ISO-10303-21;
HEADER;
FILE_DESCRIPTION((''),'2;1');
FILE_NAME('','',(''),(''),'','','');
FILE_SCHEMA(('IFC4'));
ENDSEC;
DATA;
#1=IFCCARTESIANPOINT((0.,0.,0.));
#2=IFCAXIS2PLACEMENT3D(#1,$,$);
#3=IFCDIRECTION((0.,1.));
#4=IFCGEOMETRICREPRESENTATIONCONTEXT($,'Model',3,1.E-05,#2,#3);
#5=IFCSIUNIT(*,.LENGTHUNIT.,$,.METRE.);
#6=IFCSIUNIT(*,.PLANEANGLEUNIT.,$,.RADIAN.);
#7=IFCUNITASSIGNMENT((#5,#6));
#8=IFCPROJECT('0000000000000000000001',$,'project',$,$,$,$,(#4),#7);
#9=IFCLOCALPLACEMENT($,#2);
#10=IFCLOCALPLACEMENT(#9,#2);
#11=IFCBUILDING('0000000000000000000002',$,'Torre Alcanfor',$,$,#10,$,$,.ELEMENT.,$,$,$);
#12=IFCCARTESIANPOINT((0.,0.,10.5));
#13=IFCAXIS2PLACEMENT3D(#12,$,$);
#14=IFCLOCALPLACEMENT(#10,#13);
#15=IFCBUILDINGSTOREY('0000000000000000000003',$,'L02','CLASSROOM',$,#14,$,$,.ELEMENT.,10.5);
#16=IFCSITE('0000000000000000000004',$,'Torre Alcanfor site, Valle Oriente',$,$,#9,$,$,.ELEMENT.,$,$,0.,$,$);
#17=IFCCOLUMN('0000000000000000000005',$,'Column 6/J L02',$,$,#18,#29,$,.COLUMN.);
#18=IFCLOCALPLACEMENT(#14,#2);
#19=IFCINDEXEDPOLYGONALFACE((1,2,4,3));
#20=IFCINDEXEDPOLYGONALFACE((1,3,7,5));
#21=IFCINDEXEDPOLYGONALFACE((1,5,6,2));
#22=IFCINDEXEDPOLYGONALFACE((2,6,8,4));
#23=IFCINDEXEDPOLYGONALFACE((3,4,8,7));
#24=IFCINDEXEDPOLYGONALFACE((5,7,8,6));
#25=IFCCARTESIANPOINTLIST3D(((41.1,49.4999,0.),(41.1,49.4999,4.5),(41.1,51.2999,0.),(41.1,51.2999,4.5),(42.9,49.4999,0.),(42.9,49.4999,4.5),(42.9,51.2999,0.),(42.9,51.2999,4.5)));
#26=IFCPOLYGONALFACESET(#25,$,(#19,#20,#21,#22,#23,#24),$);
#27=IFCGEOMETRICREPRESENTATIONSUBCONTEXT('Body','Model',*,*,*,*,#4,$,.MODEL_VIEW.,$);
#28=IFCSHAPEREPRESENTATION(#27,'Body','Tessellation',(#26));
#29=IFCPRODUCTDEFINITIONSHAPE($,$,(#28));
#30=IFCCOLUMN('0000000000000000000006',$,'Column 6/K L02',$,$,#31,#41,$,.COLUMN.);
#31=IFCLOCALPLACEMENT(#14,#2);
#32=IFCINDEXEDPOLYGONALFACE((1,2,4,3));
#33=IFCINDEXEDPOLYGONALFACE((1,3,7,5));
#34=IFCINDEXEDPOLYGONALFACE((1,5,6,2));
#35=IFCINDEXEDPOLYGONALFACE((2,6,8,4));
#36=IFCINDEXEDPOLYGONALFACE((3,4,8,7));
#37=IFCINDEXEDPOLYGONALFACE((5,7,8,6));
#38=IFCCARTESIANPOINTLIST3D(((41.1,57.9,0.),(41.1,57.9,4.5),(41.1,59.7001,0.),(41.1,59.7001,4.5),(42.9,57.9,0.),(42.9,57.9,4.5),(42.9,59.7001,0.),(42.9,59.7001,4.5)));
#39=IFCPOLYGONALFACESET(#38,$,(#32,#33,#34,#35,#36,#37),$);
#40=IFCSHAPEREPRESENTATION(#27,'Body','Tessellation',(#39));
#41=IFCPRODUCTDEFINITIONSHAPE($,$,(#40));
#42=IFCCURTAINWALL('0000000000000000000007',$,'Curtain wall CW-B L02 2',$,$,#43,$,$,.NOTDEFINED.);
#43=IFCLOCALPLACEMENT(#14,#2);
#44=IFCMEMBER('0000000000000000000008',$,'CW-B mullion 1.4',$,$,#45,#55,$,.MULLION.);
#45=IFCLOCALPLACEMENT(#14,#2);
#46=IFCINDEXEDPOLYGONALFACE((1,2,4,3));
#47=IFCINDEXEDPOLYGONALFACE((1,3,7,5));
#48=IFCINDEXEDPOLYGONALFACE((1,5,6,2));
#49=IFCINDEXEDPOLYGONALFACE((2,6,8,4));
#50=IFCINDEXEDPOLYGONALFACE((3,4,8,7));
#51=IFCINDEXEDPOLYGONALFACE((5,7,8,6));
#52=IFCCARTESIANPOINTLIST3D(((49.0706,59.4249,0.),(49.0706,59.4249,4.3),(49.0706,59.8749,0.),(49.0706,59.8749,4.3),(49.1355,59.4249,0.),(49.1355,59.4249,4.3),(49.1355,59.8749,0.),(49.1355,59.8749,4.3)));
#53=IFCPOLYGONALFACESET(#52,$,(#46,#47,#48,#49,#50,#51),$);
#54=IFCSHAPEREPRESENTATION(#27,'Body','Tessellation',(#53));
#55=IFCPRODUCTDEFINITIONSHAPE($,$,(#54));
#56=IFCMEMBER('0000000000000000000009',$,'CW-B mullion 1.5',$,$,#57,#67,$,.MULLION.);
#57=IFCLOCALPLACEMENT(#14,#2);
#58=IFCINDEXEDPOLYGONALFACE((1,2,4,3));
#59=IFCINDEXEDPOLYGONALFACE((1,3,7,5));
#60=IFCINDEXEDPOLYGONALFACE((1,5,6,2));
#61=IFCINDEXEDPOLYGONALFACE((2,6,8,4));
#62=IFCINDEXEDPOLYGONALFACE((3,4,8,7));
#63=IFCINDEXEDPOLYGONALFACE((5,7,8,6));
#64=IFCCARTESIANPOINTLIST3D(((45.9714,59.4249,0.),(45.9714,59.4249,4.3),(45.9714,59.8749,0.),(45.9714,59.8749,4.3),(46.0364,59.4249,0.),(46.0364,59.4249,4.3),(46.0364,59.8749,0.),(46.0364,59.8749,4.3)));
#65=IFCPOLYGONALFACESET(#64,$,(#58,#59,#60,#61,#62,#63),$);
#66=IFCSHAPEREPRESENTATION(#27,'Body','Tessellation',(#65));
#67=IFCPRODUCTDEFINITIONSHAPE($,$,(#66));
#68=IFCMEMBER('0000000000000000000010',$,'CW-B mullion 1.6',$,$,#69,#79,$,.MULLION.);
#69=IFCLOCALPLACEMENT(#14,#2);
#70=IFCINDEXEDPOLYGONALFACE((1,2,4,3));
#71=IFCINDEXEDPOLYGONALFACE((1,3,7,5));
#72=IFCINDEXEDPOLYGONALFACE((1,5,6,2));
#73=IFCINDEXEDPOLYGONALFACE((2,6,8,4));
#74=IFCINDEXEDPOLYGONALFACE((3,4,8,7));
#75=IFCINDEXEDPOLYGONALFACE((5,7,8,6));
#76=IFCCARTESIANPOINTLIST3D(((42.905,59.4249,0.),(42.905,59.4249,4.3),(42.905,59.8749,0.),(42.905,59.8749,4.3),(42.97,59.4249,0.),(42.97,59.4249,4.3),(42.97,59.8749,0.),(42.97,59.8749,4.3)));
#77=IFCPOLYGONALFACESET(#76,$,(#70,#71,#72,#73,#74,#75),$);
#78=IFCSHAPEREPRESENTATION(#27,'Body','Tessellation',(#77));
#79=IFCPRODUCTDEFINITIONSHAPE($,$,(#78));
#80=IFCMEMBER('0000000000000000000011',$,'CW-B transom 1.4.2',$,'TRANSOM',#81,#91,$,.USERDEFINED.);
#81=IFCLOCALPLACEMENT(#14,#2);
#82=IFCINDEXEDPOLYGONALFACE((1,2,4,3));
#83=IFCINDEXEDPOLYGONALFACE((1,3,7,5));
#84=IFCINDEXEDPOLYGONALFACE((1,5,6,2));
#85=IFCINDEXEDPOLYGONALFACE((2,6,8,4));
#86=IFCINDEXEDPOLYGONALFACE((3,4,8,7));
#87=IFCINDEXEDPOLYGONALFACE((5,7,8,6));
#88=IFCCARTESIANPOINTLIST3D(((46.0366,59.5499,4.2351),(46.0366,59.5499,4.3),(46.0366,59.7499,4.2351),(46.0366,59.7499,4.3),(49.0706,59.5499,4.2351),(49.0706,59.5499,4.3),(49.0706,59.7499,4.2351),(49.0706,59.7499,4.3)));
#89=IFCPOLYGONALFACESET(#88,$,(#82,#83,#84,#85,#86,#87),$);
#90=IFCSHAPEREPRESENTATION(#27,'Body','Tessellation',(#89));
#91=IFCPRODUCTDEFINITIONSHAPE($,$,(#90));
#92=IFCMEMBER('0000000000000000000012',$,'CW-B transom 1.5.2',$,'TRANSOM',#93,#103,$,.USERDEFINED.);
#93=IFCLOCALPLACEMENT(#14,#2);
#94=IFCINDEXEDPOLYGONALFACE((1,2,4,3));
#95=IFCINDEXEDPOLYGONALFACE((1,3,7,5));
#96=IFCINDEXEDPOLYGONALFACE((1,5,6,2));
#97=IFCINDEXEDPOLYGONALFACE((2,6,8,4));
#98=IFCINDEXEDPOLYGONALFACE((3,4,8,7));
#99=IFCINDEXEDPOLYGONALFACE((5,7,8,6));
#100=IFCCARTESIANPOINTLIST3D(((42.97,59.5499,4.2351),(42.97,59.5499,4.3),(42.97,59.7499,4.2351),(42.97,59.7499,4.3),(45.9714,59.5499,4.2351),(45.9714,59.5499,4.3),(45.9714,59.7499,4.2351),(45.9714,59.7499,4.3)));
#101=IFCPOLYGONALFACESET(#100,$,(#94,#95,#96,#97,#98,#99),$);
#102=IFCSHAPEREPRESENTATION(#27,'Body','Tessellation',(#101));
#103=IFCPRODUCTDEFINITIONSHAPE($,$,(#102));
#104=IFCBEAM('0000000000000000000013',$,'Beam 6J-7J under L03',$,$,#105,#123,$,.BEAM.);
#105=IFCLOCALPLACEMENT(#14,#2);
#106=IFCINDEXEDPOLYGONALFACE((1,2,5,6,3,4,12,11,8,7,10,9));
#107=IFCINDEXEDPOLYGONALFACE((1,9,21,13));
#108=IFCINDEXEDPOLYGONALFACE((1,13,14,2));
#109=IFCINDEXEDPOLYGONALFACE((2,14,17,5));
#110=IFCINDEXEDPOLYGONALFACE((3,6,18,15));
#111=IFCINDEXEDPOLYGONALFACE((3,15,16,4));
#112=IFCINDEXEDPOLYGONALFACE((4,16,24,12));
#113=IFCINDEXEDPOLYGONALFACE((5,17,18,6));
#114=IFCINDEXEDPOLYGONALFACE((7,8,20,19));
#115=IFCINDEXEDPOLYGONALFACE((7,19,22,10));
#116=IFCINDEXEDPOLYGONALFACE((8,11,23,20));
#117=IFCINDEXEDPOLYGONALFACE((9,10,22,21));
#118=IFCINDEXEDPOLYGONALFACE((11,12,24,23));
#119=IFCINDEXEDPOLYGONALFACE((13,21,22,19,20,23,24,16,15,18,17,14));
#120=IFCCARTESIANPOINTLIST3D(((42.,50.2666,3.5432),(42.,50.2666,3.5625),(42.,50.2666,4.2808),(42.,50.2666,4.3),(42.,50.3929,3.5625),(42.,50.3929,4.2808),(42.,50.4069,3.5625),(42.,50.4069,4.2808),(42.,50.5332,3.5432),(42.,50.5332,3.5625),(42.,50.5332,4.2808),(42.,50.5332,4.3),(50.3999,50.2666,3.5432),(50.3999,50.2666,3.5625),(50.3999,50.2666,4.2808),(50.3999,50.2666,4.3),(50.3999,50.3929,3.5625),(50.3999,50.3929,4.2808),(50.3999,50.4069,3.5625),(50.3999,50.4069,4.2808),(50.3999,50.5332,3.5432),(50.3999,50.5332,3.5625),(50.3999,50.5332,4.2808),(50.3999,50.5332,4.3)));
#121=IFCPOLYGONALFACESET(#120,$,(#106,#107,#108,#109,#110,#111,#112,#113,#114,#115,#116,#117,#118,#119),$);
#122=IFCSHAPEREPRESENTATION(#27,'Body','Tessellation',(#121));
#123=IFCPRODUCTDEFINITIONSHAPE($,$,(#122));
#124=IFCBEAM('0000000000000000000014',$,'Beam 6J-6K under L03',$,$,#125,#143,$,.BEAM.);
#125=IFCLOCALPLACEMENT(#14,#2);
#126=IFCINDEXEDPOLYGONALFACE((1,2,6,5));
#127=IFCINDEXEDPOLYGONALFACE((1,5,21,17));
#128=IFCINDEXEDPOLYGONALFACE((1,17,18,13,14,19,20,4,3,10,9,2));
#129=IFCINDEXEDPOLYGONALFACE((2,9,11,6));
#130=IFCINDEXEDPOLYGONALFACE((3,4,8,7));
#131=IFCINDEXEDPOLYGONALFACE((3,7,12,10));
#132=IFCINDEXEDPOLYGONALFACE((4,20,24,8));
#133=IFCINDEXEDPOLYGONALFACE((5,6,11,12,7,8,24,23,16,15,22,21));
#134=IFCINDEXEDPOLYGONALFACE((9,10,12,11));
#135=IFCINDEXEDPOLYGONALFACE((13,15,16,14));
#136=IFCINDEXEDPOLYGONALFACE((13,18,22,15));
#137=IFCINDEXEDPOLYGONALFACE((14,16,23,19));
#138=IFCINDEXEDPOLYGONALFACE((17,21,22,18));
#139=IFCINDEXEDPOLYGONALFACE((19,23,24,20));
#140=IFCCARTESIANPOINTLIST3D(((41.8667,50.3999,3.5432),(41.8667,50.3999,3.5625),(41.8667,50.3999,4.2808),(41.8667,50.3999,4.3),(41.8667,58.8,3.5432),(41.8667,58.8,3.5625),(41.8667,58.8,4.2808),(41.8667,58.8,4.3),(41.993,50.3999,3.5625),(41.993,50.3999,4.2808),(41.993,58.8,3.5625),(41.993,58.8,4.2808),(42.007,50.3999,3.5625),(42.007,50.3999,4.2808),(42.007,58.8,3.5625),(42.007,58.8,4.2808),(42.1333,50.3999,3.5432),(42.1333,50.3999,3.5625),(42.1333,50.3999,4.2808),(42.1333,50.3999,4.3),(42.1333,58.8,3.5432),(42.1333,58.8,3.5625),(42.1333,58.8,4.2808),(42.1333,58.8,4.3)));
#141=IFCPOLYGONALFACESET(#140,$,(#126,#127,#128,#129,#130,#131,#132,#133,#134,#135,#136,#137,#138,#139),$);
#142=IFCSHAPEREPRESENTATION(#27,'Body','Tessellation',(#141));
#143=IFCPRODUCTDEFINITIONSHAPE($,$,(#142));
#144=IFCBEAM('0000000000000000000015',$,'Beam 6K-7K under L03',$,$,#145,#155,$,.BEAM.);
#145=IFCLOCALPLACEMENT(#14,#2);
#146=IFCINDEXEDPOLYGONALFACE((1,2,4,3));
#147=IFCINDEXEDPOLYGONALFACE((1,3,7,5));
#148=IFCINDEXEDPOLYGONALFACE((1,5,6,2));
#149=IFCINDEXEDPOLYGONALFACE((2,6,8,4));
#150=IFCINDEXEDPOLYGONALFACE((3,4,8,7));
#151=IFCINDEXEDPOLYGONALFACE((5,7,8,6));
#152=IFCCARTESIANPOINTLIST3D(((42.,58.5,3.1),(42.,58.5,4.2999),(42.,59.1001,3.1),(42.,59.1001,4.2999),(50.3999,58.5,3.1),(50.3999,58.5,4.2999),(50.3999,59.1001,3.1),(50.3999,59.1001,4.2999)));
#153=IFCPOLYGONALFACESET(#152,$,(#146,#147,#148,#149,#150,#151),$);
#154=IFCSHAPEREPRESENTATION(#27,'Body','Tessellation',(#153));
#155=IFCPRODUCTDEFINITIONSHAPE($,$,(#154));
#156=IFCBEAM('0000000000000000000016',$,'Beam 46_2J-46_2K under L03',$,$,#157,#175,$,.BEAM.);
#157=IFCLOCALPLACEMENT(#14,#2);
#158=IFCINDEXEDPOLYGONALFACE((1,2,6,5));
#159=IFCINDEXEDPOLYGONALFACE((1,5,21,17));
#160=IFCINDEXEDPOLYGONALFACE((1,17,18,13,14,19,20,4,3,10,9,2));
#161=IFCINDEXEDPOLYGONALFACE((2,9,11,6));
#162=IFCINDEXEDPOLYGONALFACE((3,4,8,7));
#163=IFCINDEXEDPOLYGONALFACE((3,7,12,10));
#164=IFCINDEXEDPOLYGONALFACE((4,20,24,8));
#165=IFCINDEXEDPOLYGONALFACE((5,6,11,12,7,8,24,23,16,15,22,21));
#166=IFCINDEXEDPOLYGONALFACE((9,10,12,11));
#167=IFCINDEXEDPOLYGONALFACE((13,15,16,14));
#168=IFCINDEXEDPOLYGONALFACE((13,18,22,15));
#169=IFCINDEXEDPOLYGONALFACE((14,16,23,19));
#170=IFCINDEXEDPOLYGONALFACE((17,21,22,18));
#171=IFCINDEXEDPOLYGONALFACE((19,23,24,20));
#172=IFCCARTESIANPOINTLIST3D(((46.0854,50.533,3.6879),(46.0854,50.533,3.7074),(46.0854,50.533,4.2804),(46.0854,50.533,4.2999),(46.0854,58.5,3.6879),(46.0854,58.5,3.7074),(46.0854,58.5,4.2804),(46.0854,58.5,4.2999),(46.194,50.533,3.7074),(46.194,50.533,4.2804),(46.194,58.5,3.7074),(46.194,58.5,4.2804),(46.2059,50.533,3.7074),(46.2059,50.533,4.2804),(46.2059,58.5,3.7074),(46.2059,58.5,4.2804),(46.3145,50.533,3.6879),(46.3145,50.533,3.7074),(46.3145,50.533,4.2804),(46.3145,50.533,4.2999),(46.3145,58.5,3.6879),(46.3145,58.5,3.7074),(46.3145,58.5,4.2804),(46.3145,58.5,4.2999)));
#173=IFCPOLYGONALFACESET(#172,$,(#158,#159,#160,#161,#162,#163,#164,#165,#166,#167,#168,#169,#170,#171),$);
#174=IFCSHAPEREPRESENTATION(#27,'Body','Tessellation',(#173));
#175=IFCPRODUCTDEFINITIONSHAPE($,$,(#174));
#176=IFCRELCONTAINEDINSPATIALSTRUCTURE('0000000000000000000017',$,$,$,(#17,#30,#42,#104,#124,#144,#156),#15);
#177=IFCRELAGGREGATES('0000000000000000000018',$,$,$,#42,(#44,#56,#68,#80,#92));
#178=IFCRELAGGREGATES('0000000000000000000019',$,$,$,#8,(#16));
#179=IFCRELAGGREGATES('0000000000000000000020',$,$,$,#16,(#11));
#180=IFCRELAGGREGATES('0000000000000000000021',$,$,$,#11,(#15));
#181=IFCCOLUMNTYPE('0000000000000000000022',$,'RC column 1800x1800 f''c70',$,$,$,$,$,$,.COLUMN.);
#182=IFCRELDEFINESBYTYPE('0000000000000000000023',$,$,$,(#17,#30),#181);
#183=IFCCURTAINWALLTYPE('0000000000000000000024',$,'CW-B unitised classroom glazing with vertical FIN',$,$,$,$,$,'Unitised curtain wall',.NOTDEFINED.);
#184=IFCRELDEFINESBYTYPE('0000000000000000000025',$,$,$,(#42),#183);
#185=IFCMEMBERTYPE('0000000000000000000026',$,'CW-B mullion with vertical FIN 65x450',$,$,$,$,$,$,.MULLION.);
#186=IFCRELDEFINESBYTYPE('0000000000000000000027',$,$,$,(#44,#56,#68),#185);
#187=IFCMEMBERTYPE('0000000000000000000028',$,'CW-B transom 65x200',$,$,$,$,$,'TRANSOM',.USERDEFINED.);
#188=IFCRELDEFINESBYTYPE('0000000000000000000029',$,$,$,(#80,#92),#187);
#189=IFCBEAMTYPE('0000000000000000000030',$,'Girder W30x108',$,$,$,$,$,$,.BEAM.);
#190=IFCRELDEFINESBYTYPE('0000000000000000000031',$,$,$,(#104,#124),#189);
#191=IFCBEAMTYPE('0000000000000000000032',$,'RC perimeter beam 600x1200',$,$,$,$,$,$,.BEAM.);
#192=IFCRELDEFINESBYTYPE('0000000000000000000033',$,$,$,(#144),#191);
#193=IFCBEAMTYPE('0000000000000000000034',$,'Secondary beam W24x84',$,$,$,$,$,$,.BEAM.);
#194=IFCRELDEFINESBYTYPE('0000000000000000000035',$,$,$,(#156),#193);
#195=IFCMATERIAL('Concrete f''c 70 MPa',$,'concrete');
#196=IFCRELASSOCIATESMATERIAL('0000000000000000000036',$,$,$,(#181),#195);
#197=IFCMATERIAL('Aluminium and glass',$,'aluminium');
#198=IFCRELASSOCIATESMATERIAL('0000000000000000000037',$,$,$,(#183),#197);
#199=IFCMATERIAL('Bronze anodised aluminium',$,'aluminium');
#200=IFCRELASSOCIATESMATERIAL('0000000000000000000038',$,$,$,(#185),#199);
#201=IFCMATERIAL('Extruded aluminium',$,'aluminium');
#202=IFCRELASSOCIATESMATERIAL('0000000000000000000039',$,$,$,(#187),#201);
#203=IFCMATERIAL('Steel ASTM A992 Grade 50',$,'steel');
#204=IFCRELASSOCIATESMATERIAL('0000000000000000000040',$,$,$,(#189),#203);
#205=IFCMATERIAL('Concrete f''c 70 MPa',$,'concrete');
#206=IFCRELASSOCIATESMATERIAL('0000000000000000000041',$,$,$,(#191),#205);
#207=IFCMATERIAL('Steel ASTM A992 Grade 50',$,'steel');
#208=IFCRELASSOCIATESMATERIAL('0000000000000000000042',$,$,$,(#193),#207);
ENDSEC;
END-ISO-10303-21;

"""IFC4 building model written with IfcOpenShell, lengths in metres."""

from ifc_helpers import new_model, si_unit, direction, frame, origin, origin_2d, place, context, subcontext, project, spatial, rectangle, i_section, extrude, material, material_profile, profile_set, type_object, element, aggregate, save


model = new_model("IFC4")

# Units and contexts
model_context = context("Model", 3, precision=1e-05, world=origin(), true_north=direction((0.0, 1.0)))
body_context = subcontext(model_context, "Body", "Model", "MODEL_VIEW")
ifc_project = project(units=[si_unit("LENGTHUNIT", "METRE"), si_unit("PLANEANGLEUNIT", "RADIAN")], contexts=[model_context])

# Site, building, storey
site_placement = place(None, origin())
site = spatial("IfcSite", under=ifc_project, at=site_placement, Name="Torre Alcanfor site, Valle Oriente", CompositionType="ELEMENT", RefElevation=0.0)
building_placement = place(site_placement, origin())
building = spatial("IfcBuilding", under=site, at=building_placement, Name="Torre Alcanfor", CompositionType="ELEMENT")
storey_placement = place(building_placement, frame((0.0, 0.0, 10.5)))
storey = spatial("IfcBuildingStorey", under=building, at=storey_placement, Name="L02", Description="CLASSROOM", CompositionType="ELEMENT", Elevation=10.5)

# Columns
ifc_material_1 = material(Name="Concrete f'c 70 MPa", Category="concrete")
ifc_material_profile_1 = material_profile(ifc_material_1, rectangle(XDim=1.8, YDim=1.8, at=origin_2d()), Name="1800x1800")
ifc_profile_set_1 = profile_set([ifc_material_profile_1], Name="Concrete f'c 70 MPa")
column_type = type_object("IfcColumnType", Name="RC column 1800x1800 f'c70", PredefinedType="COLUMN", material=ifc_profile_set_1)
for number, where, z_axis, x_axis, name in (
    (1, (42.0, 50.3999, 0.0), (0.0, 0.0, 1.0), (1.0, 0.0, 0.0), "Column 6/J L02"),
    (2, (42.0, 58.8, 0.0), (0.0, 0.0, 1.0), (1.0, 0.0, 0.0), "Column 6/K L02"),
):
    element("IfcColumn", number, at=place(storey_placement, frame(where, z_axis=z_axis, x_axis=x_axis)), inside=storey, type_object=column_type, Name=name, PredefinedType="COLUMN", context=body_context, shape_type="SweptSolid", body=[
        extrude(rectangle(XDim=1.8, YDim=1.8, at=origin_2d()), origin(), (0.0, 0.0, 1.0), 4.5),
    ])

# Curtain wall, members
ifc_material_2 = material(Name="Aluminium and glass", Category="aluminium")
curtain_wall_type = type_object("IfcCurtainWallType", Name="CW-B unitised classroom glazing with vertical FIN", ElementType="Unitised curtain wall", PredefinedType="NOTDEFINED", material=ifc_material_2)
curtain_wall_placement = place(storey_placement, origin())
curtain_wall = element("IfcCurtainWall", 3, at=curtain_wall_placement, inside=storey, type_object=curtain_wall_type, Name="Curtain wall CW-B L02 2", PredefinedType="NOTDEFINED")
ifc_material_3 = material(Name="Bronze anodised aluminium", Category="aluminium")
ifc_material_profile_2 = material_profile(ifc_material_3, rectangle(XDim=0.45, YDim=0.0649, at=origin_2d()), Name="CW-B mullion 65x450")
ifc_profile_set_2 = profile_set([ifc_material_profile_2], Name="Bronze anodised aluminium")
member_type_1 = type_object("IfcMemberType", Name="CW-B mullion with vertical FIN 65x450", PredefinedType="MULLION", material=ifc_profile_set_2)
member_1_placement = place(storey_placement, frame((49.103, 59.6499, 0.0), z_axis=(0.0, 0.0, 1.0), x_axis=(0.0, -1.0, 0.0)))
member_1 = element("IfcMember", 4, at=member_1_placement, type_object=member_type_1, Name="CW-B mullion 1.4", PredefinedType="MULLION", context=body_context, shape_type="SweptSolid", body=[
    extrude(rectangle(XDim=0.45, YDim=0.0649, at=origin_2d()), origin(), (0.0, 0.0, 1.0), 4.3),
])
member_2_placement = place(storey_placement, frame((46.0039, 59.6499, 0.0), z_axis=(0.0, 0.0, 1.0), x_axis=(0.0, -1.0, 0.0)))
member_2 = element("IfcMember", 5, at=member_2_placement, type_object=member_type_1, Name="CW-B mullion 1.5", PredefinedType="MULLION", context=body_context, shape_type="SweptSolid", body=[
    extrude(rectangle(XDim=0.45, YDim=0.0649, at=origin_2d()), origin(), (0.0, 0.0, 1.0), 4.3),
])
member_3_placement = place(storey_placement, frame((42.9375, 59.6499, 0.0), z_axis=(0.0, 0.0, 1.0), x_axis=(0.0, -1.0, 0.0)))
member_3 = element("IfcMember", 6, at=member_3_placement, type_object=member_type_1, Name="CW-B mullion 1.6", PredefinedType="MULLION", context=body_context, shape_type="SweptSolid", body=[
    extrude(rectangle(XDim=0.45, YDim=0.0649, at=origin_2d()), origin(), (0.0, 0.0, 1.0), 4.3),
])
ifc_material_4 = material(Name="Extruded aluminium", Category="aluminium")
ifc_material_profile_3 = material_profile(ifc_material_4, rectangle(XDim=0.2, YDim=0.0649, at=origin_2d()), Name="CW-B transom 200x65")
ifc_profile_set_3 = profile_set([ifc_material_profile_3], Name="Extruded aluminium")
member_type_2 = type_object("IfcMemberType", Name="CW-B transom 65x200", ElementType="TRANSOM", PredefinedType="USERDEFINED", material=ifc_profile_set_3)
member_4_placement = place(storey_placement, frame((49.0706, 59.6499, 4.2676), z_axis=(-1.0, 0.0, 0.0), x_axis=(0.0, -1.0, 0.0)))
member_4 = element("IfcMember", 7, at=member_4_placement, type_object=member_type_2, Name="CW-B transom 1.4.2", ObjectType="TRANSOM", PredefinedType="USERDEFINED", context=body_context, shape_type="SweptSolid", body=[
    extrude(rectangle(XDim=0.2, YDim=0.0649, at=origin_2d()), origin(), (0.0, 0.0, 1.0), 3.0339),
])
member_5_placement = place(storey_placement, frame((45.9714, 59.6499, 4.2676), z_axis=(-1.0, 0.0, 0.0), x_axis=(0.0, -1.0, 0.0)))
member_5 = element("IfcMember", 8, at=member_5_placement, type_object=member_type_2, Name="CW-B transom 1.5.2", ObjectType="TRANSOM", PredefinedType="USERDEFINED", context=body_context, shape_type="SweptSolid", body=[
    extrude(rectangle(XDim=0.2, YDim=0.0649, at=origin_2d()), origin(), (0.0, 0.0, 1.0), 3.0015),
])

# Beams
ifc_material_5 = material(Name="Steel ASTM A992 Grade 50", Category="steel")
ifc_material_profile_4 = material_profile(ifc_material_5, i_section(OverallWidth=0.2666, OverallDepth=0.7568, WebThickness=0.0139, FlangeThickness=0.0193, at=origin_2d()), Name="W30x108")
ifc_profile_set_4 = profile_set([ifc_material_profile_4], Name="Steel ASTM A992 Grade 50")
beam_type_1 = type_object("IfcBeamType", Name="Girder W30x108", PredefinedType="BEAM", material=ifc_profile_set_4)
beam_1_placement = place(storey_placement, frame((42.0, 50.3999, 3.9216), z_axis=(1.0, 0.0, 0.0), x_axis=(0.0, 1.0, 0.0)))
element("IfcBeam", 9, at=beam_1_placement, inside=storey, type_object=beam_type_1, Name="Beam 6J-7J under L03", PredefinedType="BEAM", context=body_context, shape_type="SweptSolid", body=[
    extrude(i_section(OverallWidth=0.2666, OverallDepth=0.7568, WebThickness=0.0139, FlangeThickness=0.0193, at=origin_2d()), origin(), (0.0, 0.0, 1.0), 8.3999),
])
beam_2_placement = place(storey_placement, frame((42.0, 50.3999, 3.9216), z_axis=(0.0, 1.0, 0.0), x_axis=(-1.0, 0.0, 0.0)))
element("IfcBeam", 10, at=beam_2_placement, inside=storey, type_object=beam_type_1, Name="Beam 6J-6K under L03", PredefinedType="BEAM", context=body_context, shape_type="SweptSolid", body=[
    extrude(i_section(OverallWidth=0.2666, OverallDepth=0.7568, WebThickness=0.0139, FlangeThickness=0.0193, at=origin_2d()), origin(), (0.0, 0.0, 1.0), 8.4001),
])
ifc_material_6 = material(Name="Concrete f'c 70 MPa", Category="concrete")
ifc_material_profile_5 = material_profile(ifc_material_6, rectangle(XDim=0.6001, YDim=1.2, at=origin_2d()), Name="600x1200")
ifc_profile_set_5 = profile_set([ifc_material_profile_5], Name="Concrete f'c 70 MPa")
beam_type_2 = type_object("IfcBeamType", Name="RC perimeter beam 600x1200", PredefinedType="BEAM", material=ifc_profile_set_5)
beam_3_placement = place(storey_placement, frame((42.0, 58.8, 3.7), z_axis=(1.0, 0.0, 0.0), x_axis=(0.0, 1.0, 0.0)))
element("IfcBeam", 11, at=beam_3_placement, inside=storey, type_object=beam_type_2, Name="Beam 6K-7K under L03", PredefinedType="BEAM", context=body_context, shape_type="SweptSolid", body=[
    extrude(rectangle(XDim=0.6001, YDim=1.2, at=origin_2d()), origin(), (0.0, 0.0, 1.0), 8.3999),
])
ifc_material_7 = material(Name="Steel ASTM A992 Grade 50", Category="steel")
ifc_material_profile_6 = material_profile(ifc_material_7, i_section(OverallWidth=0.229, OverallDepth=0.6121, WebThickness=0.012, FlangeThickness=0.0195, at=origin_2d()), Name="W24x84")
ifc_profile_set_6 = profile_set([ifc_material_profile_6], Name="Steel ASTM A992 Grade 50")
beam_type_3 = type_object("IfcBeamType", Name="Secondary beam W24x84", PredefinedType="BEAM", material=ifc_profile_set_6)
beam_4_placement = place(storey_placement, frame((46.2, 50.533, 3.9939), z_axis=(0.0, 1.0, 0.0), x_axis=(-1.0, 0.0, 0.0)))
element("IfcBeam", 12, at=beam_4_placement, inside=storey, type_object=beam_type_3, Name="Beam 46_2J-46_2K under L03", PredefinedType="BEAM", context=body_context, shape_type="SweptSolid", body=[
    extrude(i_section(OverallWidth=0.229, OverallDepth=0.6121, WebThickness=0.012, FlangeThickness=0.0195, at=origin_2d()), origin(), (0.0, 0.0, 1.0), 7.967),
])

aggregate(curtain_wall, [member_1, member_2, member_3, member_4, member_5])

save(model, "model.ifc")
